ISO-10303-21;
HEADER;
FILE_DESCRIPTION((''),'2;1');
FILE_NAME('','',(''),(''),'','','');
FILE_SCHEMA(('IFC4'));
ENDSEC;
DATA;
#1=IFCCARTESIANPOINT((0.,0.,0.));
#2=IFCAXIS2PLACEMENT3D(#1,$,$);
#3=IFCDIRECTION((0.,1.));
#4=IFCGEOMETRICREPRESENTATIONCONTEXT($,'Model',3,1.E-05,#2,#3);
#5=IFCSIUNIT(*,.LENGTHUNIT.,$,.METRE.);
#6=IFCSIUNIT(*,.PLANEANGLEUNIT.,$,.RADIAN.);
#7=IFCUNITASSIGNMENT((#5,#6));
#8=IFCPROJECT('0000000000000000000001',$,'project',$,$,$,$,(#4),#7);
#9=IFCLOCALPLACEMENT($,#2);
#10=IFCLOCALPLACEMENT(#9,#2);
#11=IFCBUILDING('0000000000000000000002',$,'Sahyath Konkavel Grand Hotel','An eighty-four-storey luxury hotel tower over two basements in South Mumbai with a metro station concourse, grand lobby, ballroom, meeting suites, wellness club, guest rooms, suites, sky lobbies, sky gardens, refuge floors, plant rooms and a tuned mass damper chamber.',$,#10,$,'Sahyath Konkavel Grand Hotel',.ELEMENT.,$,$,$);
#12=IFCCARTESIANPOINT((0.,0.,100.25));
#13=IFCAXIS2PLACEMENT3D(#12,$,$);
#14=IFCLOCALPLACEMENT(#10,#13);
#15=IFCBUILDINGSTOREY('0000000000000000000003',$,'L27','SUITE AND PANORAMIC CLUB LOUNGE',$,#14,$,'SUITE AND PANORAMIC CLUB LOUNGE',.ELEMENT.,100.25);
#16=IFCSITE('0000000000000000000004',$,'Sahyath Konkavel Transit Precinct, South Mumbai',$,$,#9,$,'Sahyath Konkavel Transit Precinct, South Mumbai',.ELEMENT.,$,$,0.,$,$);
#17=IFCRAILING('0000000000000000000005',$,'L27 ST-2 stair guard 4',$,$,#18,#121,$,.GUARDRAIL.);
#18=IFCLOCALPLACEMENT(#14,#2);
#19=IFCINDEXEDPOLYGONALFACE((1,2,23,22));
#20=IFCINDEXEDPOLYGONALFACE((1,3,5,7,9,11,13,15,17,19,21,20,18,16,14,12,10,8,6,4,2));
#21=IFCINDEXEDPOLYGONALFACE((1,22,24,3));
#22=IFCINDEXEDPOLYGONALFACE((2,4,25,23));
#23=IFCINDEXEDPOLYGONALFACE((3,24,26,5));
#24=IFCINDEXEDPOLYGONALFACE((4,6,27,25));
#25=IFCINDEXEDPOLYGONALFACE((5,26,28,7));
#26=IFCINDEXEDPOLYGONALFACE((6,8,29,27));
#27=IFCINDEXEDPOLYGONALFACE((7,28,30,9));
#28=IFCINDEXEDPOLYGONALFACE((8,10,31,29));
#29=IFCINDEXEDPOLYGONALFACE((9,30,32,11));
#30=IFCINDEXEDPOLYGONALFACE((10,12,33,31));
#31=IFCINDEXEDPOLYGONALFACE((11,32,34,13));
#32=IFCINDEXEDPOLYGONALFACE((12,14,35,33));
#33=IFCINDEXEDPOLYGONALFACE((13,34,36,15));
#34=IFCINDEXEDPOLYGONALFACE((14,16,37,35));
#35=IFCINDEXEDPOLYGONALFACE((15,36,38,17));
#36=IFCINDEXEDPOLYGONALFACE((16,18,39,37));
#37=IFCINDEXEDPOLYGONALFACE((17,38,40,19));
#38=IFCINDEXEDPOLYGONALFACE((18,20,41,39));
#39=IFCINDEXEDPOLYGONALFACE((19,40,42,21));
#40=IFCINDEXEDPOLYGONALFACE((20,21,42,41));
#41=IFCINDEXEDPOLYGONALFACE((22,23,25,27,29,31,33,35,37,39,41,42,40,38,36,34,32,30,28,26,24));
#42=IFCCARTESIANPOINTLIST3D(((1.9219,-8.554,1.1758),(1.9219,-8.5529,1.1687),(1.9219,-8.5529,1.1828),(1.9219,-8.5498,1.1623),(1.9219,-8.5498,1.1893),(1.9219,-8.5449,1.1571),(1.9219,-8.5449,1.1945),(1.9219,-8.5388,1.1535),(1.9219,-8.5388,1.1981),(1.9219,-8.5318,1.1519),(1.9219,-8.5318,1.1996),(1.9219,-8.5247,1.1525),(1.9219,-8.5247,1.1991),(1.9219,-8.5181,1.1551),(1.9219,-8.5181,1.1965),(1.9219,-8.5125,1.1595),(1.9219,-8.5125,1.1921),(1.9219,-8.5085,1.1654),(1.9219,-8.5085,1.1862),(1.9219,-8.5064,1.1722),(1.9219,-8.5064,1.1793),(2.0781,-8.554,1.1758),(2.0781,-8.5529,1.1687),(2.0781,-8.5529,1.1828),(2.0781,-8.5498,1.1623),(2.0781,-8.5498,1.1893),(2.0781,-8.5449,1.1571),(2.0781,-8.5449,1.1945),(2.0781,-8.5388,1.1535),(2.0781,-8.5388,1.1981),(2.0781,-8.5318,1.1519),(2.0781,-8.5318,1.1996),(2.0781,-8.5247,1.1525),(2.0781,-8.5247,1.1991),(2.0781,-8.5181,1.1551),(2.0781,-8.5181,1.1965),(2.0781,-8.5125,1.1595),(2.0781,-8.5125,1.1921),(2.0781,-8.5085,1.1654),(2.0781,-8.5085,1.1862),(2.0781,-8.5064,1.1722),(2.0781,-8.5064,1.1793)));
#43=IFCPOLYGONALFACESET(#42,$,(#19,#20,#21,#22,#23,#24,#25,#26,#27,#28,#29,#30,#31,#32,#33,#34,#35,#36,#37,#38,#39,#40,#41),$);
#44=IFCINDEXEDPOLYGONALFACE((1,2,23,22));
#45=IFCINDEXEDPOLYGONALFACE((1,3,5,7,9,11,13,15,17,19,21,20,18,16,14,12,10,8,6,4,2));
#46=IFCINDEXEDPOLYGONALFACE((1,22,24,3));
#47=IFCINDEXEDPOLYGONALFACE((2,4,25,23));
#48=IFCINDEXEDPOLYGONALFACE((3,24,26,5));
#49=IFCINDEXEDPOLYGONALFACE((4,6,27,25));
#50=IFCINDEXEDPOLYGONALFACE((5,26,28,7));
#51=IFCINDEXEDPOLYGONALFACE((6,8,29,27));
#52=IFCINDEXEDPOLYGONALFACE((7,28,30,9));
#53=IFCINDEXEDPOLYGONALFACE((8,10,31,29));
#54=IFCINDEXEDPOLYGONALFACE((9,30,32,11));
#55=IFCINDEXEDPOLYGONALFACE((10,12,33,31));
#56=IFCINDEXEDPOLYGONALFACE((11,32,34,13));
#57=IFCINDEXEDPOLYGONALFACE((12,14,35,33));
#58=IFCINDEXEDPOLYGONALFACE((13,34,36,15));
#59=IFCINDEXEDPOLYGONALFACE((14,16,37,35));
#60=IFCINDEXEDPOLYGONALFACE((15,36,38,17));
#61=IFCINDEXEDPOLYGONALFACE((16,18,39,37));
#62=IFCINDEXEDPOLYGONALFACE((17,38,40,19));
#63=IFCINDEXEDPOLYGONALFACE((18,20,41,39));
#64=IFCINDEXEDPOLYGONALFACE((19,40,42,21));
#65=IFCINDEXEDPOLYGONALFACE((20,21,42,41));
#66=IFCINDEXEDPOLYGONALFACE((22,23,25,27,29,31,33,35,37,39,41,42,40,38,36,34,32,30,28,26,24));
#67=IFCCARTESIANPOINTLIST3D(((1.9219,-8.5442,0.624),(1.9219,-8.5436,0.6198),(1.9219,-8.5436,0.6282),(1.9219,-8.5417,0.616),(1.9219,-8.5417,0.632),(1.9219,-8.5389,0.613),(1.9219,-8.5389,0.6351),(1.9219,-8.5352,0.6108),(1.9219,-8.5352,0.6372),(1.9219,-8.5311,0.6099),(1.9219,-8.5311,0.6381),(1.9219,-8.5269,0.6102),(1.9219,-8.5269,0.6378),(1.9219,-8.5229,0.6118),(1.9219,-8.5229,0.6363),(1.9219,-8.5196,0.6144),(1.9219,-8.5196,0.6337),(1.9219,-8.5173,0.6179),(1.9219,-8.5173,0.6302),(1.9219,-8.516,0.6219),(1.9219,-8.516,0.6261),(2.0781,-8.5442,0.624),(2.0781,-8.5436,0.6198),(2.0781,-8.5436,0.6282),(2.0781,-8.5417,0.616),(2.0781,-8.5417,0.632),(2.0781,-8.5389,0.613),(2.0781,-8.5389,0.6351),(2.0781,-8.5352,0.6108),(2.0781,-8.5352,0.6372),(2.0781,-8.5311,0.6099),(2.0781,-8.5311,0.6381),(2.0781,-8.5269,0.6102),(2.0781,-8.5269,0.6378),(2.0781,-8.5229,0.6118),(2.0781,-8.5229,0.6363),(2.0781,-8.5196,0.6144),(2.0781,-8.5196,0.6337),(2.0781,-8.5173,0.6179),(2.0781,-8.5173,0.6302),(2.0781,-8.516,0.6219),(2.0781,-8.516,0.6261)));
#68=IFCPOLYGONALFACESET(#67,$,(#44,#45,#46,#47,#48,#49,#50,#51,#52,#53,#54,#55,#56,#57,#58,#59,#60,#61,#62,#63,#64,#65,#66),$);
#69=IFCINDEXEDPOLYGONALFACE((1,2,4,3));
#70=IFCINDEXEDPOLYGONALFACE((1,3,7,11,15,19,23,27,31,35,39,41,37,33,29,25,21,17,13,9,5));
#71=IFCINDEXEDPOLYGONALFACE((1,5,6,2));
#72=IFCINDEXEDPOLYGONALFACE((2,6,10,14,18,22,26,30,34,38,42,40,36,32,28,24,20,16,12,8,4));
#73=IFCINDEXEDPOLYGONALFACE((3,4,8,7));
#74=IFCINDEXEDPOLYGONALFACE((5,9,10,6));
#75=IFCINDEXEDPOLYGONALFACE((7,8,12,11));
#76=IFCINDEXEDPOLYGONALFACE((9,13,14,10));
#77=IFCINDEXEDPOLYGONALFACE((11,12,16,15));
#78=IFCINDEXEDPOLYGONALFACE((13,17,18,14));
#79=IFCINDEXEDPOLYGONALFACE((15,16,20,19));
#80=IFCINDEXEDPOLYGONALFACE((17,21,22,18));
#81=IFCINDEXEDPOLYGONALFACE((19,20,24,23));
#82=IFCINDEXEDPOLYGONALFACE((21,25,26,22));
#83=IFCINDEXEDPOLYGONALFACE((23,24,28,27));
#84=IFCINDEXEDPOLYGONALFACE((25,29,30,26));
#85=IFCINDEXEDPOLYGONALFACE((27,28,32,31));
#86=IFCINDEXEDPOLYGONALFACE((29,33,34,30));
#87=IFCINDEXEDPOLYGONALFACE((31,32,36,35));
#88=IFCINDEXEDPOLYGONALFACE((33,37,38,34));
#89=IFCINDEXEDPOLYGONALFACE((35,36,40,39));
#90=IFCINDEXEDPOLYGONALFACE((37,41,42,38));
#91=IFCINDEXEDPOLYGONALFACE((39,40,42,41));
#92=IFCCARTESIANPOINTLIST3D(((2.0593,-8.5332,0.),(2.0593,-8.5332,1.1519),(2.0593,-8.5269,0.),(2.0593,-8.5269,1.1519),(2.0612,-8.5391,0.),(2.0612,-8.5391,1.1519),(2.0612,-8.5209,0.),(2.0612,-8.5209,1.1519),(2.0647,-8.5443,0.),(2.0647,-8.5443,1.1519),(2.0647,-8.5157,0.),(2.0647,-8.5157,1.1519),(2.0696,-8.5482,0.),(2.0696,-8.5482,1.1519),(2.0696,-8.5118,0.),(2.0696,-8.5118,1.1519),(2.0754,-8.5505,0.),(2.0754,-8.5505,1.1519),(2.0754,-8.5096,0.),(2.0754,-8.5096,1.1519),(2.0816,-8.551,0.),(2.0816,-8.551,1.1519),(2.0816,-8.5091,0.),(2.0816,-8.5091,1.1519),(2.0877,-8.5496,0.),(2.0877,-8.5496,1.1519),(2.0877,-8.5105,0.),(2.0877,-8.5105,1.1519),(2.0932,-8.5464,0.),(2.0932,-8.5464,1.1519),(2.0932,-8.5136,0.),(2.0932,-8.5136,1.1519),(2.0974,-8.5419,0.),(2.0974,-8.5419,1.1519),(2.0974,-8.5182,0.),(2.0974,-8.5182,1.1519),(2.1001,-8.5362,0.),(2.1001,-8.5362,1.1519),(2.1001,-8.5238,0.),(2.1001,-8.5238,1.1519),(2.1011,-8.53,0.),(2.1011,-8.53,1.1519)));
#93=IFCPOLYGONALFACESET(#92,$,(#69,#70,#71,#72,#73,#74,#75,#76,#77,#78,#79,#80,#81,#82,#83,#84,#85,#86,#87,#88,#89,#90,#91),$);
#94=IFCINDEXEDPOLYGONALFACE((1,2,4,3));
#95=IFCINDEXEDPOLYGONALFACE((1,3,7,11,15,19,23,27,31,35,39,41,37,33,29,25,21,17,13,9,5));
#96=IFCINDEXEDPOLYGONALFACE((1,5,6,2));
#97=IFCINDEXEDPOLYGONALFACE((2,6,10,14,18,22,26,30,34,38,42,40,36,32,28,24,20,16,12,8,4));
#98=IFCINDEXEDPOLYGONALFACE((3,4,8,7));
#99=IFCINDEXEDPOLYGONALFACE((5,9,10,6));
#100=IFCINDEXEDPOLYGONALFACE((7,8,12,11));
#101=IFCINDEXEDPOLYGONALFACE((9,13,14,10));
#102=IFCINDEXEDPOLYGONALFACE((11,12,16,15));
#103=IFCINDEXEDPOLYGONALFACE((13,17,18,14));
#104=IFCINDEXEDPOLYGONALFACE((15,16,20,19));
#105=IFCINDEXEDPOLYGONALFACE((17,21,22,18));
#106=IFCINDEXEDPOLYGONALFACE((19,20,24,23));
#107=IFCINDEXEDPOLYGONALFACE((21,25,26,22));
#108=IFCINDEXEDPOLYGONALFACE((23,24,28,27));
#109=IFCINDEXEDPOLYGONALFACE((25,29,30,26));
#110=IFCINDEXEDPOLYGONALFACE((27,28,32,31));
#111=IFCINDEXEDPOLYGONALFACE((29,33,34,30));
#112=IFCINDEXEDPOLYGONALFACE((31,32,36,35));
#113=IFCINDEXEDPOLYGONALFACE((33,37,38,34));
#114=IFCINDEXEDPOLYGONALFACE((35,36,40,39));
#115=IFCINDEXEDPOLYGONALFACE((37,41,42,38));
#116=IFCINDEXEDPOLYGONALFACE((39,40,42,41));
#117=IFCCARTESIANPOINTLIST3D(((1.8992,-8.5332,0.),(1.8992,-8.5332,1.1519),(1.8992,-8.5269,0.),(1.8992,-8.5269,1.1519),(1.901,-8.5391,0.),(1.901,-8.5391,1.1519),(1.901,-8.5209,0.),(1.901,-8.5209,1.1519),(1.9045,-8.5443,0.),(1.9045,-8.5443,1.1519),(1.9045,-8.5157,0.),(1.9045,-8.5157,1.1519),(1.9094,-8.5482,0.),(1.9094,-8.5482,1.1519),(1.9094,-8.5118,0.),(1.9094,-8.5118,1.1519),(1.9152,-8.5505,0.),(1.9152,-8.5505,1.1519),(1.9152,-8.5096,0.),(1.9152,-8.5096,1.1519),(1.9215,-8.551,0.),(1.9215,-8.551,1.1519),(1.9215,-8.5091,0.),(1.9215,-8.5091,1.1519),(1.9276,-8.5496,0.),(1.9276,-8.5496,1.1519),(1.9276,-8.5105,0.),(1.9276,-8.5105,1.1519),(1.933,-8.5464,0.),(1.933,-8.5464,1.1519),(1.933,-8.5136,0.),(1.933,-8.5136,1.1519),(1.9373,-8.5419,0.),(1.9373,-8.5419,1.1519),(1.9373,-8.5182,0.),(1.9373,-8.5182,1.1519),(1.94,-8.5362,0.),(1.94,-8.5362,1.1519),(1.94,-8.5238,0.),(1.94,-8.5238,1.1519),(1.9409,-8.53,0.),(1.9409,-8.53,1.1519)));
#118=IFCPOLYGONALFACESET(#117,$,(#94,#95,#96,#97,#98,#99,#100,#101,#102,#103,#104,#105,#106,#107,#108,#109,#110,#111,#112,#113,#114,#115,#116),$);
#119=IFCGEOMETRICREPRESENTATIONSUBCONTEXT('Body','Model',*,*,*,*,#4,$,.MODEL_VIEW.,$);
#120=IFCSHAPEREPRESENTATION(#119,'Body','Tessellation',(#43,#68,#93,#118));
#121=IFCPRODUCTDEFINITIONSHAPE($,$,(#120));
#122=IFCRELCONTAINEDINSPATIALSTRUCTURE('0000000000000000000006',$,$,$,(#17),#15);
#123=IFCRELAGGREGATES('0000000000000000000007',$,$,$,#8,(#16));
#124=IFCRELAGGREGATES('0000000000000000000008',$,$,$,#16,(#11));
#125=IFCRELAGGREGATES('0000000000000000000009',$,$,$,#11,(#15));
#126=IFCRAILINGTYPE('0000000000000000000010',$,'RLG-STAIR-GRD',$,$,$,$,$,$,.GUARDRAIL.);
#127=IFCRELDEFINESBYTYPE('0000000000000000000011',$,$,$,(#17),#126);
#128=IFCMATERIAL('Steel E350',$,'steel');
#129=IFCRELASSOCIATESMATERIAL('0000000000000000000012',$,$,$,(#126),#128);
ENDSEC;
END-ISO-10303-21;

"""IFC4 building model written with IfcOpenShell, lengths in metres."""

from ifc_helpers import new_model, si_unit, direction, frame, origin, origin_2d, place, context, subcontext, project, spatial, circle, extrude, material, type_object, element, save


model = new_model("IFC4")

# Units and contexts
model_context = context("Model", 3, precision=1e-05, world=origin(), true_north=direction((0.0, 1.0)))
body_context = subcontext(model_context, "Body", "Model", "MODEL_VIEW")
ifc_project = project(units=[si_unit("LENGTHUNIT", "METRE"), si_unit("PLANEANGLEUNIT", "RADIAN")], contexts=[model_context])

# Site, building, storey
site_placement = place(None, origin())
site = spatial("IfcSite", under=ifc_project, at=site_placement, Name="Sahyath Konkavel Transit Precinct, South Mumbai", LongName="Sahyath Konkavel Transit Precinct, South Mumbai", CompositionType="ELEMENT", RefElevation=0.0)
building_placement = place(site_placement, origin())
building = spatial("IfcBuilding", under=site, at=building_placement, Name="Sahyath Konkavel Grand Hotel", Description="An eighty-four-storey luxury hotel tower over two basements in South Mumbai with a metro station concourse, grand lobby, ballroom, meeting suites, wellness club, guest rooms, suites, sky lobbies, sky gardens, refuge floors, plant rooms and a tuned mass damper chamber.", LongName="Sahyath Konkavel Grand Hotel", CompositionType="ELEMENT")
storey_placement = place(building_placement, frame((0.0, 0.0, 100.25)))
storey = spatial("IfcBuildingStorey", under=building, at=storey_placement, Name="L27", Description="SUITE AND PANORAMIC CLUB LOUNGE", LongName="SUITE AND PANORAMIC CLUB LOUNGE", CompositionType="ELEMENT", Elevation=100.25)

# Shared definitions
ifc_material_1 = material(Name="Steel E350", Category="steel")

# Railing
railing_type_1 = type_object("IfcRailingType", Name="RLG-STAIR-GRD", PredefinedType="GUARDRAIL", material=ifc_material_1)
railing_1_placement = place(storey_placement, frame((2.0801, -8.53, 0.0)))
element("IfcRailing", 1, at=railing_1_placement, inside=storey, type_object=railing_type_1, Name="L27 ST-2 stair guard 4", PredefinedType="GUARDRAIL", context=body_context, shape_type="SweptSolid", body=[
    extrude(circle(Radius=0.0239, at=origin_2d()), frame((-0.002, 0.0, 1.1758), z_axis=(-1.0, 0.0, 0.0), x_axis=(0.0, -1.0, 0.0)), (0.0, 0.0, 1.0), 0.1562),
    extrude(circle(Radius=0.0142, at=origin_2d()), frame((-0.002, 0.0, 0.624), z_axis=(-1.0, 0.0, 0.0), x_axis=(0.0, -1.0, 0.0)), (0.0, 0.0, 1.0), 0.1562),
    extrude(circle(Radius=0.021, at=origin_2d()), origin(), (0.0, 0.0, 1.0), 1.1519),
    extrude(circle(Radius=0.021, at=origin_2d()), frame((-0.1602, 0.0, 0.0)), (0.0, 0.0, 1.0), 1.1519),
])

save(model, "model.ifc")
